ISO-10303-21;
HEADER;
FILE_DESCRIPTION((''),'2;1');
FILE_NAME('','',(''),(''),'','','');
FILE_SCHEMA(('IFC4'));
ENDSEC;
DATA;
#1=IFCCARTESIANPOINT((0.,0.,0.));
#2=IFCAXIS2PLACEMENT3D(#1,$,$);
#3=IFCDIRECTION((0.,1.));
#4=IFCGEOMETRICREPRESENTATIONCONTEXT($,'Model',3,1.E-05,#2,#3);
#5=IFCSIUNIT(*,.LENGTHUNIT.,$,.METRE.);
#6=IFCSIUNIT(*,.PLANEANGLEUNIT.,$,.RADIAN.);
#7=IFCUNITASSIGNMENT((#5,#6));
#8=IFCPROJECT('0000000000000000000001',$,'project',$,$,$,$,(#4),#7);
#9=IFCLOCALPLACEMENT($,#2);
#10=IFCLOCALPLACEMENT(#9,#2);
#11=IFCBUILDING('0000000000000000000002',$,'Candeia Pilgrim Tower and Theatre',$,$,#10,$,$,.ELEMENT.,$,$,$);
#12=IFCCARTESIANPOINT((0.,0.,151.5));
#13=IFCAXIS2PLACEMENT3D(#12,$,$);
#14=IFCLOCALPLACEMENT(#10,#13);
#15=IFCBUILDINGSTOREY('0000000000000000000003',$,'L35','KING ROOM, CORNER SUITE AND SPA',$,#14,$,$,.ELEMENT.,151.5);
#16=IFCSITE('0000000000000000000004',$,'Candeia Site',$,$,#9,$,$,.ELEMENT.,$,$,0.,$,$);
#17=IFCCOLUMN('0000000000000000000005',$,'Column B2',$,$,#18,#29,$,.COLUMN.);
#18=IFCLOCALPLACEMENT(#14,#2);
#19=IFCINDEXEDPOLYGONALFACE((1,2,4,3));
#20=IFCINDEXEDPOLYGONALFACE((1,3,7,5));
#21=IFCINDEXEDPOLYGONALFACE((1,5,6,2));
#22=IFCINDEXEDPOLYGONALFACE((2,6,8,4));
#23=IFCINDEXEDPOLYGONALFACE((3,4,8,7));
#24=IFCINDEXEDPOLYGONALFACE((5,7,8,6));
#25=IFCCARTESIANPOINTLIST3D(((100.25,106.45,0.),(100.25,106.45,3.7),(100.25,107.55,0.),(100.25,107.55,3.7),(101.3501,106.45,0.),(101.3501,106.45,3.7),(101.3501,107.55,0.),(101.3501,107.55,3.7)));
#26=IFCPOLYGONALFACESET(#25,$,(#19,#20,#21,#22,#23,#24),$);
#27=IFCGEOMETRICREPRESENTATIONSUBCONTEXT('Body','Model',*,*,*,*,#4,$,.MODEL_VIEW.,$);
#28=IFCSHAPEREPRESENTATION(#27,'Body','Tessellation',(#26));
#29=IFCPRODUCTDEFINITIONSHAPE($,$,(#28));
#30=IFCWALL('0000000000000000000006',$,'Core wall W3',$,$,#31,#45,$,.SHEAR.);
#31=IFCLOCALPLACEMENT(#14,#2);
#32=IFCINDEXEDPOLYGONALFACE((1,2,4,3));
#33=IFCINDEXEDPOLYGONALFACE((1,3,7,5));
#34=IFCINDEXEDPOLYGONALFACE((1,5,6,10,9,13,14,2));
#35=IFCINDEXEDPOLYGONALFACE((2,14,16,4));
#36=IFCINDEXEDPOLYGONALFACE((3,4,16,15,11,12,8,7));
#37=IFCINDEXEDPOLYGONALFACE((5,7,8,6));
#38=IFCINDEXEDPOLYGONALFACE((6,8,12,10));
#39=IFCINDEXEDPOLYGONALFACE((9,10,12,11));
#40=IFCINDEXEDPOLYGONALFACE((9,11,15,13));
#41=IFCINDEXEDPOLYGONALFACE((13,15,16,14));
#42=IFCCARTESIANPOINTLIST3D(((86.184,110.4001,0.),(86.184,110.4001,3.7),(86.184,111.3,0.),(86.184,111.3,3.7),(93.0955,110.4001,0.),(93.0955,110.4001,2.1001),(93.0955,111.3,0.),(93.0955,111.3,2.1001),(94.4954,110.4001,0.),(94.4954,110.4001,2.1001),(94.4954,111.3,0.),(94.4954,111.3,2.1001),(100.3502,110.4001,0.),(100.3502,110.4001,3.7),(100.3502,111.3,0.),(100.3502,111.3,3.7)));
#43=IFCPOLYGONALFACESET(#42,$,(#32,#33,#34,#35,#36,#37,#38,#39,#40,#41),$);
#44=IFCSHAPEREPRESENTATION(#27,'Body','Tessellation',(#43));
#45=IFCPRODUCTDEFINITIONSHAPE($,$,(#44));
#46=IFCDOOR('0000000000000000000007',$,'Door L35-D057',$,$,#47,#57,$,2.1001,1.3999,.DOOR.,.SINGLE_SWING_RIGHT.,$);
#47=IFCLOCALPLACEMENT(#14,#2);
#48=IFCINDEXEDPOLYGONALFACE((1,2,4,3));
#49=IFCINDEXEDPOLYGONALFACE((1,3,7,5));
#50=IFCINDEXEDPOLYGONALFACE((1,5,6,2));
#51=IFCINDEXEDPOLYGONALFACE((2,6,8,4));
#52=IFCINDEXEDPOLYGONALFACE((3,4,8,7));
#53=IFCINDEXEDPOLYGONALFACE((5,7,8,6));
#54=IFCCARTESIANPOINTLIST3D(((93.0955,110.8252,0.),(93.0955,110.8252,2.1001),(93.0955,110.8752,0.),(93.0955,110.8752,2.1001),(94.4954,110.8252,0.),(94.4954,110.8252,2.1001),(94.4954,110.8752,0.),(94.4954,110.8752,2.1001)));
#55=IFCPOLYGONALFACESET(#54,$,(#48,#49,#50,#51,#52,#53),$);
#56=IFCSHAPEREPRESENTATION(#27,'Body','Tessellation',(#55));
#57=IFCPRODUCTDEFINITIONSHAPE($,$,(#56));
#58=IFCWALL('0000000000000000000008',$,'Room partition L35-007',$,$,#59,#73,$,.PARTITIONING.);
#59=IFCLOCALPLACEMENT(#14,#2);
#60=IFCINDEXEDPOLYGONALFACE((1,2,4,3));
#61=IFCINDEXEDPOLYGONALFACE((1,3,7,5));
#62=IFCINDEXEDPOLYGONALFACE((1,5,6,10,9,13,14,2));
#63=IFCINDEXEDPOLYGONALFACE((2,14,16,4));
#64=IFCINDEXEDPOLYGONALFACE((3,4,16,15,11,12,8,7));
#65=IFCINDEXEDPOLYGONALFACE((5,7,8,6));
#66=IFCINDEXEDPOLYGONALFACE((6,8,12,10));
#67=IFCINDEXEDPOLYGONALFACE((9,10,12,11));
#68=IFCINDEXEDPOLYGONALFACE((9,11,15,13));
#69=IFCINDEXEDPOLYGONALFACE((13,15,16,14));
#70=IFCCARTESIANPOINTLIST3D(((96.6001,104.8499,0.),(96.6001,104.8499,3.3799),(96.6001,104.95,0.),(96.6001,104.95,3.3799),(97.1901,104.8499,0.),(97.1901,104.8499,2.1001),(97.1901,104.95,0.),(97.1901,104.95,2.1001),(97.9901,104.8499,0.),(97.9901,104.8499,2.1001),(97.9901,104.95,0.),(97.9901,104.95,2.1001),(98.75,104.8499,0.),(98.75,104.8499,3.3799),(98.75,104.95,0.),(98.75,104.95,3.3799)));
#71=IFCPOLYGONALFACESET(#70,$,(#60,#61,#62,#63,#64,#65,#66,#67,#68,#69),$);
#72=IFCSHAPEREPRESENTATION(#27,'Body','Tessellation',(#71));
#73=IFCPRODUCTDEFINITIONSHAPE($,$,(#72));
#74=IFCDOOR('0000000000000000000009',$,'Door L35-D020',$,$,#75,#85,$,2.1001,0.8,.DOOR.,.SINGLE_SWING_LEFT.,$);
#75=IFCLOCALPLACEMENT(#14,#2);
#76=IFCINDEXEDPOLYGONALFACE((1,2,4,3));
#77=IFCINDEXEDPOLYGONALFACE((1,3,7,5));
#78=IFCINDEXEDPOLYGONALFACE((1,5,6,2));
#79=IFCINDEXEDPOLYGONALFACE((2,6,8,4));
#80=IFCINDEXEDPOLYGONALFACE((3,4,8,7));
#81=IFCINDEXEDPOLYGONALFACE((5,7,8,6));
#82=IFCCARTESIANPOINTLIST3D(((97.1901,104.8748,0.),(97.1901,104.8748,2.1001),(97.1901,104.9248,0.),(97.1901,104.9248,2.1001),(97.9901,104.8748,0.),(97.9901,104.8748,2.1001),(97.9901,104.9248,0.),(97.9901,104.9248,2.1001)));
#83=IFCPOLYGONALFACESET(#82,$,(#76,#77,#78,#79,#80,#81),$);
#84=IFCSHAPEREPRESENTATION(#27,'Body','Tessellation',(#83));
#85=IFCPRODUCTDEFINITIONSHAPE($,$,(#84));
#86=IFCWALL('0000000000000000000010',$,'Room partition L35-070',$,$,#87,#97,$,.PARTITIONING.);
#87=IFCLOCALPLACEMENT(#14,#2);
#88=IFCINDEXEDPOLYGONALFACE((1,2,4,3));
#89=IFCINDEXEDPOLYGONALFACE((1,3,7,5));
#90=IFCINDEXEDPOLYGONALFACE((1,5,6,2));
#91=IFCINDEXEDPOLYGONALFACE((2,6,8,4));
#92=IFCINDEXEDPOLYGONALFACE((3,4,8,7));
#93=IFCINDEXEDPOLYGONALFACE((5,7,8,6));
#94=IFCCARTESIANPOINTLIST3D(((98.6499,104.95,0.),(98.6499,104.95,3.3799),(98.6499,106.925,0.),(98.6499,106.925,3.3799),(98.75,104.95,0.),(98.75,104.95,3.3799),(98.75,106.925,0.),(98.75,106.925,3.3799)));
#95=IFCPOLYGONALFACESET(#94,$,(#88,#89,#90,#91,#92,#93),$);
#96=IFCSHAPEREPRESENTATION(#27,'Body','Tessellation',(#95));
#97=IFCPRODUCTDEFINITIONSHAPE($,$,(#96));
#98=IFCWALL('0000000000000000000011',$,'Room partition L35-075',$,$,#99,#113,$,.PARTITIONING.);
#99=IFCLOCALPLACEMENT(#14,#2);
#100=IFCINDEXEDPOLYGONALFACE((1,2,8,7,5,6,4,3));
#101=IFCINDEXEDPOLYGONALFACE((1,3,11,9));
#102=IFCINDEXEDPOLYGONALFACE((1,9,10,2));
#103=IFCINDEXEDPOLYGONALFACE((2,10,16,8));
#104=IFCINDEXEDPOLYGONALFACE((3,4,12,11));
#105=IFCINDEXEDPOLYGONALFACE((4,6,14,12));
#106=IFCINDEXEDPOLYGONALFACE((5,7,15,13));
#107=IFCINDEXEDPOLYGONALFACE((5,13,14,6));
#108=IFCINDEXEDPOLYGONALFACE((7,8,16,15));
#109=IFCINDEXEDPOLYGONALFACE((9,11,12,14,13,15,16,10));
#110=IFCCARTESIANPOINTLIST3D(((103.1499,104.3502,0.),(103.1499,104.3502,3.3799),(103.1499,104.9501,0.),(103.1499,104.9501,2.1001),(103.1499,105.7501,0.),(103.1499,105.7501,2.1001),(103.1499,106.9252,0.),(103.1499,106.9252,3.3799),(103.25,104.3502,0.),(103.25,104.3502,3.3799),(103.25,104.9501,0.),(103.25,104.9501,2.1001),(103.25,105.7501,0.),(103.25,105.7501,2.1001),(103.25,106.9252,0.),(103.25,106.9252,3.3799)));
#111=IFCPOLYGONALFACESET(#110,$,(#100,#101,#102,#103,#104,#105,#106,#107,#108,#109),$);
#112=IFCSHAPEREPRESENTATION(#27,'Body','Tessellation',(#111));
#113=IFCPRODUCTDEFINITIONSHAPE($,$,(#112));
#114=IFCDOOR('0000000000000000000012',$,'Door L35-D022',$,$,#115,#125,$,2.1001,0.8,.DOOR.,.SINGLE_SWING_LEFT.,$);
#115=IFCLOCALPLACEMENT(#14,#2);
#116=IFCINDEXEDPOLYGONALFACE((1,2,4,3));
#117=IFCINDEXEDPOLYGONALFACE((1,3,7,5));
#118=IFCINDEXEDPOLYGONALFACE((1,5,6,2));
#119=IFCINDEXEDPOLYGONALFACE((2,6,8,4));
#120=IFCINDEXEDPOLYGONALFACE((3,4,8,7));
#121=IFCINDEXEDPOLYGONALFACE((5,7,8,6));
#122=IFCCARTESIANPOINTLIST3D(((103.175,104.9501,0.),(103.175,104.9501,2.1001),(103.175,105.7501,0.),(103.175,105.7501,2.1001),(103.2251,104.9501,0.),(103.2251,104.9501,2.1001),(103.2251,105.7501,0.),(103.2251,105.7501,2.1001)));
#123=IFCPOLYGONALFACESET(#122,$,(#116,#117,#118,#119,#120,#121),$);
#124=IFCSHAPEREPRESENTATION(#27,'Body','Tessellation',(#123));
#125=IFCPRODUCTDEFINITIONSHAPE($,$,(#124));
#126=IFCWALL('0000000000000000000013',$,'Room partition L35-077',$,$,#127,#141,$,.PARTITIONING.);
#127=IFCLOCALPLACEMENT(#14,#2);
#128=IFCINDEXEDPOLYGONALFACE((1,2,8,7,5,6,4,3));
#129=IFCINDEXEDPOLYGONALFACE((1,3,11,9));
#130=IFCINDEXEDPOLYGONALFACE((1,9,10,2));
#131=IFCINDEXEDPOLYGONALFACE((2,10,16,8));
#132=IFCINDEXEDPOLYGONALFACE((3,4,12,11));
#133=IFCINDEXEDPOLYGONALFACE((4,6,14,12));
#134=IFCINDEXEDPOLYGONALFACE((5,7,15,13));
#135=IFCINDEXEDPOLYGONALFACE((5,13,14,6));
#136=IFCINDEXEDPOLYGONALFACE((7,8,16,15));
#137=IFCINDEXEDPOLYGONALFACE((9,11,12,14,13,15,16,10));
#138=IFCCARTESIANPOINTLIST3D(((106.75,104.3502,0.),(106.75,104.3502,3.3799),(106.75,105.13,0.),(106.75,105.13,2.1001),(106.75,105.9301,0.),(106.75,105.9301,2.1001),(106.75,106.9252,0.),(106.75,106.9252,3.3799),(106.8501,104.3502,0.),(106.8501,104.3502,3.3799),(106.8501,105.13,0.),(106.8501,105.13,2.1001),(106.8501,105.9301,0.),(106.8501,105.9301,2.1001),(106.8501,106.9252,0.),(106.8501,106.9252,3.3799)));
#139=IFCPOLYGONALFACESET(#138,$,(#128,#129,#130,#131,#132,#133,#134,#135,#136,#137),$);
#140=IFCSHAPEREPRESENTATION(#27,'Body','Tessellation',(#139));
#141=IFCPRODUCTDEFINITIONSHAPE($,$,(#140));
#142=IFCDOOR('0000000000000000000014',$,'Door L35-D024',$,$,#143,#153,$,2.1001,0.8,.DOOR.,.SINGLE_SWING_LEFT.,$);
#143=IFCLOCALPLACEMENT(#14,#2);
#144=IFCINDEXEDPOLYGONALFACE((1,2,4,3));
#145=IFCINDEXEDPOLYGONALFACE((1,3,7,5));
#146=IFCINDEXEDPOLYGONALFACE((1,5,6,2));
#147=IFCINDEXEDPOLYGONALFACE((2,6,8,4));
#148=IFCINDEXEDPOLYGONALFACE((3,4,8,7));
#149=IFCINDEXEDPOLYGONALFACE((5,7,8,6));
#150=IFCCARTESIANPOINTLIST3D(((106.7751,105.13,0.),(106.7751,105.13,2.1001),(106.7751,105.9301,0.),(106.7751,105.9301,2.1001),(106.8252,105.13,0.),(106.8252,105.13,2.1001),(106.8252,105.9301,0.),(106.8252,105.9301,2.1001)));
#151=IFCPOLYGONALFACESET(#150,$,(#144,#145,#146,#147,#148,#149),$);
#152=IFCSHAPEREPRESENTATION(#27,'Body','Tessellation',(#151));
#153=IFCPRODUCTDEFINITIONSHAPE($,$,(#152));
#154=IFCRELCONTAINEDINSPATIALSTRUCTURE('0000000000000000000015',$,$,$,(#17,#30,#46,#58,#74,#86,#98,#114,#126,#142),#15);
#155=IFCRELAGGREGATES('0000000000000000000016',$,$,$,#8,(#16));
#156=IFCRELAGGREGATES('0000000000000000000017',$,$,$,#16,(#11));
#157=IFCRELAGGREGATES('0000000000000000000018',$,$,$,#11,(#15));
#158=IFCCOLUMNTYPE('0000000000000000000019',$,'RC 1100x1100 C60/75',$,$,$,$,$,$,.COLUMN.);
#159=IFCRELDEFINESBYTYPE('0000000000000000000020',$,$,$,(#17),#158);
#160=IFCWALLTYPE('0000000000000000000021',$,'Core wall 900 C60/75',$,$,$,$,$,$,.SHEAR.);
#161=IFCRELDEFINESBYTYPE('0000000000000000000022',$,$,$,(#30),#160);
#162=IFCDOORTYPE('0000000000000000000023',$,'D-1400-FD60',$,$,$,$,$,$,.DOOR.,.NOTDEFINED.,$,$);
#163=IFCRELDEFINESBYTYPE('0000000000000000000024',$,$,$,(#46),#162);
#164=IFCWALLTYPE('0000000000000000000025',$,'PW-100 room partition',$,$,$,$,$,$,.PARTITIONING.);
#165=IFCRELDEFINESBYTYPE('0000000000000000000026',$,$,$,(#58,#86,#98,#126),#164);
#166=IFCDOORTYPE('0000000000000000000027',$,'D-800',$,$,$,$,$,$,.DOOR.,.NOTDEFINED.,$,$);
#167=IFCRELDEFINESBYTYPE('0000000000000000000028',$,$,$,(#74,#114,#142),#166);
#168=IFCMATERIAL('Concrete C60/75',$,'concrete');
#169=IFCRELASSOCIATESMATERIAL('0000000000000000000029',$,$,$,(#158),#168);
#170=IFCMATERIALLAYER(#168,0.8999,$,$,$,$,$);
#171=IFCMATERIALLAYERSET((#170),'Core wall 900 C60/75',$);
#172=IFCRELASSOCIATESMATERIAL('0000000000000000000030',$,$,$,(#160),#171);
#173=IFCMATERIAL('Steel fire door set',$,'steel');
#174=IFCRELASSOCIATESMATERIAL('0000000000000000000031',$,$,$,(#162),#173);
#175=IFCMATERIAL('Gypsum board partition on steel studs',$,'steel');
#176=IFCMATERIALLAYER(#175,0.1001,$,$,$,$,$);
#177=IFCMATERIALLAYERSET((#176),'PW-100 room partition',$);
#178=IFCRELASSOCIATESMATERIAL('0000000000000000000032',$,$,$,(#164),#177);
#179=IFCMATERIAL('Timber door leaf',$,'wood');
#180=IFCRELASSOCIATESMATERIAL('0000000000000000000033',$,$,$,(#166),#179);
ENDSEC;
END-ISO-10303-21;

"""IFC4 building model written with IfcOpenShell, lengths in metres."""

from ifc_helpers import new_model, si_unit, direction, frame, frame_2d, origin, origin_2d, place, context, subcontext, project, spatial, rectangle, extrude, material, layer, layer_set, material_profile, profile_set, type_object, element, fill, save


model = new_model("IFC4")

# Units and contexts
model_context = context("Model", 3, precision=1e-05, world=origin(), true_north=direction((0.0, 1.0)))
body_context = subcontext(model_context, "Body", "Model", "MODEL_VIEW")
ifc_project = project(units=[si_unit("LENGTHUNIT", "METRE"), si_unit("PLANEANGLEUNIT", "RADIAN")], contexts=[model_context])

# Site, building, storey
site_placement = place(None, origin())
site = spatial("IfcSite", under=ifc_project, at=site_placement, Name="Candeia Site", CompositionType="ELEMENT", RefElevation=0.0)
building_placement = place(site_placement, origin())
building = spatial("IfcBuilding", under=site, at=building_placement, Name="Candeia Pilgrim Tower and Theatre", CompositionType="ELEMENT")
storey_placement = place(building_placement, frame((0.0, 0.0, 151.5)))
storey = spatial("IfcBuildingStorey", under=building, at=storey_placement, Name="L35", Description="KING ROOM, CORNER SUITE AND SPA", CompositionType="ELEMENT", Elevation=151.5)

# Column
ifc_material_1 = material(Name="Concrete C60/75", Category="concrete")
ifc_material_profile = material_profile(ifc_material_1, rectangle(XDim=1.1001, YDim=1.1001, at=origin_2d()))
ifc_profile_set = profile_set([ifc_material_profile], Name="Concrete C60/75")
column_type = type_object("IfcColumnType", Name="RC 1100x1100 C60/75", PredefinedType="COLUMN", material=ifc_profile_set)
column_placement = place(storey_placement, frame((100.8, 107.0, 0.0), z_axis=(0.0, 0.0, 1.0), x_axis=(1.0, 0.0, 0.0)))
element("IfcColumn", 1, at=column_placement, inside=storey, type_object=column_type, Name="Column B2", PredefinedType="COLUMN", context=body_context, shape_type="SweptSolid", body=[
    extrude(rectangle(XDim=1.1001, YDim=1.1001, at=origin_2d()), origin(), (0.0, 0.0, 1.0), 3.7),
])

# Walls, openings, doors
ifc_layer_1 = layer(ifc_material_1, 0.8999)
ifc_layer_set_1 = layer_set([ifc_layer_1], Name="Core wall 900 C60/75")
wall_type_1 = type_object("IfcWallType", Name="Core wall 900 C60/75", PredefinedType="SHEAR", material=ifc_layer_set_1)
wall_1_placement = place(storey_placement, frame((100.3501, 110.8501, 0.0), z_axis=(0.0, 0.0, 1.0), x_axis=(-1.0, 0.0, 0.0)))
wall_1 = element("IfcWall", 2, at=wall_1_placement, inside=storey, type_object=wall_type_1, Name="Core wall W3", PredefinedType="SHEAR", context=body_context, shape_type="SweptSolid", body=[
    extrude(rectangle(XDim=14.1663, YDim=0.8999, at=frame_2d((7.083, 0.0))), origin(), (0.0, 0.0, 1.0), 3.7),
])
opening_1_placement = place(wall_1_placement, frame((5.8547, 0.0, 0.0)))
opening_1 = element("IfcOpeningElement", 3, at=opening_1_placement, cuts=wall_1, PredefinedType="OPENING", context=body_context, shape_type="SweptSolid", body=[
    extrude(rectangle(XDim=1.3999, YDim=2.1001, at=frame_2d((0.7, 1.05))), frame((0.0, 0.46, 0.0), z_axis=(0.0, -1.0, 0.0), x_axis=(1.0, 0.0, 0.0)), (0.0, 0.0, 1.0), 0.9199),
])
ifc_material_2 = material(Name="Steel fire door set", Category="steel")
door_type_1 = type_object("IfcDoorType", Name="D-1400-FD60", OperationType="NOTDEFINED", PredefinedType="DOOR", material=ifc_material_2)
door_1_placement = place(opening_1_placement, origin())
door_1 = element("IfcDoor", 4, at=door_1_placement, inside=storey, type_object=door_type_1, Name="Door L35-D057", OperationType="SINGLE_SWING_RIGHT", OverallHeight=2.1001, OverallWidth=1.3999, PredefinedType="DOOR", context=body_context, shape_type="SweptSolid", body=[
    extrude(rectangle(XDim=1.3999, YDim=2.1001, at=frame_2d((0.7, 1.05))), frame((0.0, 0.0249, 0.0), z_axis=(0.0, -1.0, 0.0), x_axis=(1.0, 0.0, 0.0)), (0.0, 0.0, 1.0), 0.05),
])
fill(opening_1, door_1)
ifc_material_3 = material(Name="Gypsum board partition on steel studs", Category="steel")
ifc_layer_2 = layer(ifc_material_3, 0.1001)
ifc_layer_set_2 = layer_set([ifc_layer_2], Name="PW-100 room partition")
wall_type_2 = type_object("IfcWallType", Name="PW-100 room partition", PredefinedType="PARTITIONING", material=ifc_layer_set_2)
wall_2_placement = place(storey_placement, frame((96.6001, 104.8999, 0.0), z_axis=(0.0, 0.0, 1.0), x_axis=(1.0, 0.0, 0.0)))
wall_2 = element("IfcWall", 5, at=wall_2_placement, inside=storey, type_object=wall_type_2, Name="Room partition L35-007", PredefinedType="PARTITIONING", context=body_context, shape_type="SweptSolid", body=[
    extrude(rectangle(XDim=2.1499, YDim=0.1001, at=frame_2d((1.075, 0.0))), origin(), (0.0, 0.0, 1.0), 3.3799),
])
opening_2_placement = place(wall_2_placement, frame((0.5901, 0.0, 0.0)))
opening_2 = element("IfcOpeningElement", 6, at=opening_2_placement, cuts=wall_2, PredefinedType="OPENING", context=body_context, shape_type="SweptSolid", body=[
    extrude(rectangle(XDim=0.8, YDim=2.1001, at=frame_2d((0.3999, 1.05))), frame((0.0, 0.0601, 0.0), z_axis=(0.0, -1.0, 0.0), x_axis=(1.0, 0.0, 0.0)), (0.0, 0.0, 1.0), 0.1201),
])
ifc_material_4 = material(Name="Timber door leaf", Category="wood")
door_type_2 = type_object("IfcDoorType", Name="D-800", OperationType="NOTDEFINED", PredefinedType="DOOR", material=ifc_material_4)
door_2_placement = place(opening_2_placement, origin())
door_2 = element("IfcDoor", 7, at=door_2_placement, inside=storey, type_object=door_type_2, Name="Door L35-D020", OperationType="SINGLE_SWING_LEFT", OverallHeight=2.1001, OverallWidth=0.8, PredefinedType="DOOR", context=body_context, shape_type="SweptSolid", body=[
    extrude(rectangle(XDim=0.8, YDim=2.1001, at=frame_2d((0.3999, 1.05))), frame((0.0, 0.0249, 0.0), z_axis=(0.0, -1.0, 0.0), x_axis=(1.0, 0.0, 0.0)), (0.0, 0.0, 1.0), 0.05),
])
fill(opening_2, door_2)

# Wall
wall_3_placement = place(storey_placement, frame((98.7, 104.95, 0.0), z_axis=(0.0, 0.0, 1.0), x_axis=(0.0, 1.0, 0.0)))
element("IfcWall", 8, at=wall_3_placement, inside=storey, type_object=wall_type_2, Name="Room partition L35-070", PredefinedType="PARTITIONING", context=body_context, shape_type="SweptSolid", body=[
    extrude(rectangle(XDim=1.9751, YDim=0.1001, at=frame_2d((0.9875, 0.0))), origin(), (0.0, 0.0, 1.0), 3.3799),
])

# Walls, openings, doors
wall_4_placement = place(storey_placement, frame((103.2, 104.3501, 0.0), z_axis=(0.0, 0.0, 1.0), x_axis=(0.0, 1.0, 0.0)))
wall_4 = element("IfcWall", 9, at=wall_4_placement, inside=storey, type_object=wall_type_2, Name="Room partition L35-075", PredefinedType="PARTITIONING", context=body_context, shape_type="SweptSolid", body=[
    extrude(rectangle(XDim=2.575, YDim=0.1001, at=frame_2d((1.2876, 0.0))), origin(), (0.0, 0.0, 1.0), 3.3799),
])
opening_3_placement = place(wall_4_placement, frame((0.6001, 0.0, 0.0)))
opening_3 = element("IfcOpeningElement", 10, at=opening_3_placement, cuts=wall_4, PredefinedType="OPENING", context=body_context, shape_type="SweptSolid", body=[
    extrude(rectangle(XDim=0.8, YDim=2.1001, at=frame_2d((0.3999, 1.05))), frame((0.0, 0.0601, 0.0), z_axis=(0.0, -1.0, 0.0), x_axis=(1.0, 0.0, 0.0)), (0.0, 0.0, 1.0), 0.1201),
])
door_3_placement = place(opening_3_placement, origin())
door_3 = element("IfcDoor", 11, at=door_3_placement, inside=storey, type_object=door_type_2, Name="Door L35-D022", OperationType="SINGLE_SWING_LEFT", OverallHeight=2.1001, OverallWidth=0.8, PredefinedType="DOOR", context=body_context, shape_type="SweptSolid", body=[
    extrude(rectangle(XDim=0.8, YDim=2.1001, at=frame_2d((0.3999, 1.05))), frame((0.0, 0.0249, 0.0), z_axis=(0.0, -1.0, 0.0), x_axis=(1.0, 0.0, 0.0)), (0.0, 0.0, 1.0), 0.05),
])
fill(opening_3, door_3)
wall_5_placement = place(storey_placement, frame((106.8, 104.3501, 0.0), z_axis=(0.0, 0.0, 1.0), x_axis=(0.0, 1.0, 0.0)))
wall_5 = element("IfcWall", 12, at=wall_5_placement, inside=storey, type_object=wall_type_2, Name="Room partition L35-077", PredefinedType="PARTITIONING", context=body_context, shape_type="SweptSolid", body=[
    extrude(rectangle(XDim=2.575, YDim=0.1001, at=frame_2d((1.2876, 0.0))), origin(), (0.0, 0.0, 1.0), 3.3799),
])
opening_4_placement = place(wall_5_placement, frame((0.78, 0.0, 0.0)))
opening_4 = element("IfcOpeningElement", 13, at=opening_4_placement, cuts=wall_5, PredefinedType="OPENING", context=body_context, shape_type="SweptSolid", body=[
    extrude(rectangle(XDim=0.8, YDim=2.1001, at=frame_2d((0.3999, 1.05))), frame((0.0, 0.0601, 0.0), z_axis=(0.0, -1.0, 0.0), x_axis=(1.0, 0.0, 0.0)), (0.0, 0.0, 1.0), 0.1201),
])
door_4_placement = place(opening_4_placement, origin())
door_4 = element("IfcDoor", 14, at=door_4_placement, inside=storey, type_object=door_type_2, Name="Door L35-D024", OperationType="SINGLE_SWING_LEFT", OverallHeight=2.1001, OverallWidth=0.8, PredefinedType="DOOR", context=body_context, shape_type="SweptSolid", body=[
    extrude(rectangle(XDim=0.8, YDim=2.1001, at=frame_2d((0.3999, 1.05))), frame((0.0, 0.0249, 0.0), z_axis=(0.0, -1.0, 0.0), x_axis=(1.0, 0.0, 0.0)), (0.0, 0.0, 1.0), 0.05),
])
fill(opening_4, door_4)

save(model, "model.ifc")
